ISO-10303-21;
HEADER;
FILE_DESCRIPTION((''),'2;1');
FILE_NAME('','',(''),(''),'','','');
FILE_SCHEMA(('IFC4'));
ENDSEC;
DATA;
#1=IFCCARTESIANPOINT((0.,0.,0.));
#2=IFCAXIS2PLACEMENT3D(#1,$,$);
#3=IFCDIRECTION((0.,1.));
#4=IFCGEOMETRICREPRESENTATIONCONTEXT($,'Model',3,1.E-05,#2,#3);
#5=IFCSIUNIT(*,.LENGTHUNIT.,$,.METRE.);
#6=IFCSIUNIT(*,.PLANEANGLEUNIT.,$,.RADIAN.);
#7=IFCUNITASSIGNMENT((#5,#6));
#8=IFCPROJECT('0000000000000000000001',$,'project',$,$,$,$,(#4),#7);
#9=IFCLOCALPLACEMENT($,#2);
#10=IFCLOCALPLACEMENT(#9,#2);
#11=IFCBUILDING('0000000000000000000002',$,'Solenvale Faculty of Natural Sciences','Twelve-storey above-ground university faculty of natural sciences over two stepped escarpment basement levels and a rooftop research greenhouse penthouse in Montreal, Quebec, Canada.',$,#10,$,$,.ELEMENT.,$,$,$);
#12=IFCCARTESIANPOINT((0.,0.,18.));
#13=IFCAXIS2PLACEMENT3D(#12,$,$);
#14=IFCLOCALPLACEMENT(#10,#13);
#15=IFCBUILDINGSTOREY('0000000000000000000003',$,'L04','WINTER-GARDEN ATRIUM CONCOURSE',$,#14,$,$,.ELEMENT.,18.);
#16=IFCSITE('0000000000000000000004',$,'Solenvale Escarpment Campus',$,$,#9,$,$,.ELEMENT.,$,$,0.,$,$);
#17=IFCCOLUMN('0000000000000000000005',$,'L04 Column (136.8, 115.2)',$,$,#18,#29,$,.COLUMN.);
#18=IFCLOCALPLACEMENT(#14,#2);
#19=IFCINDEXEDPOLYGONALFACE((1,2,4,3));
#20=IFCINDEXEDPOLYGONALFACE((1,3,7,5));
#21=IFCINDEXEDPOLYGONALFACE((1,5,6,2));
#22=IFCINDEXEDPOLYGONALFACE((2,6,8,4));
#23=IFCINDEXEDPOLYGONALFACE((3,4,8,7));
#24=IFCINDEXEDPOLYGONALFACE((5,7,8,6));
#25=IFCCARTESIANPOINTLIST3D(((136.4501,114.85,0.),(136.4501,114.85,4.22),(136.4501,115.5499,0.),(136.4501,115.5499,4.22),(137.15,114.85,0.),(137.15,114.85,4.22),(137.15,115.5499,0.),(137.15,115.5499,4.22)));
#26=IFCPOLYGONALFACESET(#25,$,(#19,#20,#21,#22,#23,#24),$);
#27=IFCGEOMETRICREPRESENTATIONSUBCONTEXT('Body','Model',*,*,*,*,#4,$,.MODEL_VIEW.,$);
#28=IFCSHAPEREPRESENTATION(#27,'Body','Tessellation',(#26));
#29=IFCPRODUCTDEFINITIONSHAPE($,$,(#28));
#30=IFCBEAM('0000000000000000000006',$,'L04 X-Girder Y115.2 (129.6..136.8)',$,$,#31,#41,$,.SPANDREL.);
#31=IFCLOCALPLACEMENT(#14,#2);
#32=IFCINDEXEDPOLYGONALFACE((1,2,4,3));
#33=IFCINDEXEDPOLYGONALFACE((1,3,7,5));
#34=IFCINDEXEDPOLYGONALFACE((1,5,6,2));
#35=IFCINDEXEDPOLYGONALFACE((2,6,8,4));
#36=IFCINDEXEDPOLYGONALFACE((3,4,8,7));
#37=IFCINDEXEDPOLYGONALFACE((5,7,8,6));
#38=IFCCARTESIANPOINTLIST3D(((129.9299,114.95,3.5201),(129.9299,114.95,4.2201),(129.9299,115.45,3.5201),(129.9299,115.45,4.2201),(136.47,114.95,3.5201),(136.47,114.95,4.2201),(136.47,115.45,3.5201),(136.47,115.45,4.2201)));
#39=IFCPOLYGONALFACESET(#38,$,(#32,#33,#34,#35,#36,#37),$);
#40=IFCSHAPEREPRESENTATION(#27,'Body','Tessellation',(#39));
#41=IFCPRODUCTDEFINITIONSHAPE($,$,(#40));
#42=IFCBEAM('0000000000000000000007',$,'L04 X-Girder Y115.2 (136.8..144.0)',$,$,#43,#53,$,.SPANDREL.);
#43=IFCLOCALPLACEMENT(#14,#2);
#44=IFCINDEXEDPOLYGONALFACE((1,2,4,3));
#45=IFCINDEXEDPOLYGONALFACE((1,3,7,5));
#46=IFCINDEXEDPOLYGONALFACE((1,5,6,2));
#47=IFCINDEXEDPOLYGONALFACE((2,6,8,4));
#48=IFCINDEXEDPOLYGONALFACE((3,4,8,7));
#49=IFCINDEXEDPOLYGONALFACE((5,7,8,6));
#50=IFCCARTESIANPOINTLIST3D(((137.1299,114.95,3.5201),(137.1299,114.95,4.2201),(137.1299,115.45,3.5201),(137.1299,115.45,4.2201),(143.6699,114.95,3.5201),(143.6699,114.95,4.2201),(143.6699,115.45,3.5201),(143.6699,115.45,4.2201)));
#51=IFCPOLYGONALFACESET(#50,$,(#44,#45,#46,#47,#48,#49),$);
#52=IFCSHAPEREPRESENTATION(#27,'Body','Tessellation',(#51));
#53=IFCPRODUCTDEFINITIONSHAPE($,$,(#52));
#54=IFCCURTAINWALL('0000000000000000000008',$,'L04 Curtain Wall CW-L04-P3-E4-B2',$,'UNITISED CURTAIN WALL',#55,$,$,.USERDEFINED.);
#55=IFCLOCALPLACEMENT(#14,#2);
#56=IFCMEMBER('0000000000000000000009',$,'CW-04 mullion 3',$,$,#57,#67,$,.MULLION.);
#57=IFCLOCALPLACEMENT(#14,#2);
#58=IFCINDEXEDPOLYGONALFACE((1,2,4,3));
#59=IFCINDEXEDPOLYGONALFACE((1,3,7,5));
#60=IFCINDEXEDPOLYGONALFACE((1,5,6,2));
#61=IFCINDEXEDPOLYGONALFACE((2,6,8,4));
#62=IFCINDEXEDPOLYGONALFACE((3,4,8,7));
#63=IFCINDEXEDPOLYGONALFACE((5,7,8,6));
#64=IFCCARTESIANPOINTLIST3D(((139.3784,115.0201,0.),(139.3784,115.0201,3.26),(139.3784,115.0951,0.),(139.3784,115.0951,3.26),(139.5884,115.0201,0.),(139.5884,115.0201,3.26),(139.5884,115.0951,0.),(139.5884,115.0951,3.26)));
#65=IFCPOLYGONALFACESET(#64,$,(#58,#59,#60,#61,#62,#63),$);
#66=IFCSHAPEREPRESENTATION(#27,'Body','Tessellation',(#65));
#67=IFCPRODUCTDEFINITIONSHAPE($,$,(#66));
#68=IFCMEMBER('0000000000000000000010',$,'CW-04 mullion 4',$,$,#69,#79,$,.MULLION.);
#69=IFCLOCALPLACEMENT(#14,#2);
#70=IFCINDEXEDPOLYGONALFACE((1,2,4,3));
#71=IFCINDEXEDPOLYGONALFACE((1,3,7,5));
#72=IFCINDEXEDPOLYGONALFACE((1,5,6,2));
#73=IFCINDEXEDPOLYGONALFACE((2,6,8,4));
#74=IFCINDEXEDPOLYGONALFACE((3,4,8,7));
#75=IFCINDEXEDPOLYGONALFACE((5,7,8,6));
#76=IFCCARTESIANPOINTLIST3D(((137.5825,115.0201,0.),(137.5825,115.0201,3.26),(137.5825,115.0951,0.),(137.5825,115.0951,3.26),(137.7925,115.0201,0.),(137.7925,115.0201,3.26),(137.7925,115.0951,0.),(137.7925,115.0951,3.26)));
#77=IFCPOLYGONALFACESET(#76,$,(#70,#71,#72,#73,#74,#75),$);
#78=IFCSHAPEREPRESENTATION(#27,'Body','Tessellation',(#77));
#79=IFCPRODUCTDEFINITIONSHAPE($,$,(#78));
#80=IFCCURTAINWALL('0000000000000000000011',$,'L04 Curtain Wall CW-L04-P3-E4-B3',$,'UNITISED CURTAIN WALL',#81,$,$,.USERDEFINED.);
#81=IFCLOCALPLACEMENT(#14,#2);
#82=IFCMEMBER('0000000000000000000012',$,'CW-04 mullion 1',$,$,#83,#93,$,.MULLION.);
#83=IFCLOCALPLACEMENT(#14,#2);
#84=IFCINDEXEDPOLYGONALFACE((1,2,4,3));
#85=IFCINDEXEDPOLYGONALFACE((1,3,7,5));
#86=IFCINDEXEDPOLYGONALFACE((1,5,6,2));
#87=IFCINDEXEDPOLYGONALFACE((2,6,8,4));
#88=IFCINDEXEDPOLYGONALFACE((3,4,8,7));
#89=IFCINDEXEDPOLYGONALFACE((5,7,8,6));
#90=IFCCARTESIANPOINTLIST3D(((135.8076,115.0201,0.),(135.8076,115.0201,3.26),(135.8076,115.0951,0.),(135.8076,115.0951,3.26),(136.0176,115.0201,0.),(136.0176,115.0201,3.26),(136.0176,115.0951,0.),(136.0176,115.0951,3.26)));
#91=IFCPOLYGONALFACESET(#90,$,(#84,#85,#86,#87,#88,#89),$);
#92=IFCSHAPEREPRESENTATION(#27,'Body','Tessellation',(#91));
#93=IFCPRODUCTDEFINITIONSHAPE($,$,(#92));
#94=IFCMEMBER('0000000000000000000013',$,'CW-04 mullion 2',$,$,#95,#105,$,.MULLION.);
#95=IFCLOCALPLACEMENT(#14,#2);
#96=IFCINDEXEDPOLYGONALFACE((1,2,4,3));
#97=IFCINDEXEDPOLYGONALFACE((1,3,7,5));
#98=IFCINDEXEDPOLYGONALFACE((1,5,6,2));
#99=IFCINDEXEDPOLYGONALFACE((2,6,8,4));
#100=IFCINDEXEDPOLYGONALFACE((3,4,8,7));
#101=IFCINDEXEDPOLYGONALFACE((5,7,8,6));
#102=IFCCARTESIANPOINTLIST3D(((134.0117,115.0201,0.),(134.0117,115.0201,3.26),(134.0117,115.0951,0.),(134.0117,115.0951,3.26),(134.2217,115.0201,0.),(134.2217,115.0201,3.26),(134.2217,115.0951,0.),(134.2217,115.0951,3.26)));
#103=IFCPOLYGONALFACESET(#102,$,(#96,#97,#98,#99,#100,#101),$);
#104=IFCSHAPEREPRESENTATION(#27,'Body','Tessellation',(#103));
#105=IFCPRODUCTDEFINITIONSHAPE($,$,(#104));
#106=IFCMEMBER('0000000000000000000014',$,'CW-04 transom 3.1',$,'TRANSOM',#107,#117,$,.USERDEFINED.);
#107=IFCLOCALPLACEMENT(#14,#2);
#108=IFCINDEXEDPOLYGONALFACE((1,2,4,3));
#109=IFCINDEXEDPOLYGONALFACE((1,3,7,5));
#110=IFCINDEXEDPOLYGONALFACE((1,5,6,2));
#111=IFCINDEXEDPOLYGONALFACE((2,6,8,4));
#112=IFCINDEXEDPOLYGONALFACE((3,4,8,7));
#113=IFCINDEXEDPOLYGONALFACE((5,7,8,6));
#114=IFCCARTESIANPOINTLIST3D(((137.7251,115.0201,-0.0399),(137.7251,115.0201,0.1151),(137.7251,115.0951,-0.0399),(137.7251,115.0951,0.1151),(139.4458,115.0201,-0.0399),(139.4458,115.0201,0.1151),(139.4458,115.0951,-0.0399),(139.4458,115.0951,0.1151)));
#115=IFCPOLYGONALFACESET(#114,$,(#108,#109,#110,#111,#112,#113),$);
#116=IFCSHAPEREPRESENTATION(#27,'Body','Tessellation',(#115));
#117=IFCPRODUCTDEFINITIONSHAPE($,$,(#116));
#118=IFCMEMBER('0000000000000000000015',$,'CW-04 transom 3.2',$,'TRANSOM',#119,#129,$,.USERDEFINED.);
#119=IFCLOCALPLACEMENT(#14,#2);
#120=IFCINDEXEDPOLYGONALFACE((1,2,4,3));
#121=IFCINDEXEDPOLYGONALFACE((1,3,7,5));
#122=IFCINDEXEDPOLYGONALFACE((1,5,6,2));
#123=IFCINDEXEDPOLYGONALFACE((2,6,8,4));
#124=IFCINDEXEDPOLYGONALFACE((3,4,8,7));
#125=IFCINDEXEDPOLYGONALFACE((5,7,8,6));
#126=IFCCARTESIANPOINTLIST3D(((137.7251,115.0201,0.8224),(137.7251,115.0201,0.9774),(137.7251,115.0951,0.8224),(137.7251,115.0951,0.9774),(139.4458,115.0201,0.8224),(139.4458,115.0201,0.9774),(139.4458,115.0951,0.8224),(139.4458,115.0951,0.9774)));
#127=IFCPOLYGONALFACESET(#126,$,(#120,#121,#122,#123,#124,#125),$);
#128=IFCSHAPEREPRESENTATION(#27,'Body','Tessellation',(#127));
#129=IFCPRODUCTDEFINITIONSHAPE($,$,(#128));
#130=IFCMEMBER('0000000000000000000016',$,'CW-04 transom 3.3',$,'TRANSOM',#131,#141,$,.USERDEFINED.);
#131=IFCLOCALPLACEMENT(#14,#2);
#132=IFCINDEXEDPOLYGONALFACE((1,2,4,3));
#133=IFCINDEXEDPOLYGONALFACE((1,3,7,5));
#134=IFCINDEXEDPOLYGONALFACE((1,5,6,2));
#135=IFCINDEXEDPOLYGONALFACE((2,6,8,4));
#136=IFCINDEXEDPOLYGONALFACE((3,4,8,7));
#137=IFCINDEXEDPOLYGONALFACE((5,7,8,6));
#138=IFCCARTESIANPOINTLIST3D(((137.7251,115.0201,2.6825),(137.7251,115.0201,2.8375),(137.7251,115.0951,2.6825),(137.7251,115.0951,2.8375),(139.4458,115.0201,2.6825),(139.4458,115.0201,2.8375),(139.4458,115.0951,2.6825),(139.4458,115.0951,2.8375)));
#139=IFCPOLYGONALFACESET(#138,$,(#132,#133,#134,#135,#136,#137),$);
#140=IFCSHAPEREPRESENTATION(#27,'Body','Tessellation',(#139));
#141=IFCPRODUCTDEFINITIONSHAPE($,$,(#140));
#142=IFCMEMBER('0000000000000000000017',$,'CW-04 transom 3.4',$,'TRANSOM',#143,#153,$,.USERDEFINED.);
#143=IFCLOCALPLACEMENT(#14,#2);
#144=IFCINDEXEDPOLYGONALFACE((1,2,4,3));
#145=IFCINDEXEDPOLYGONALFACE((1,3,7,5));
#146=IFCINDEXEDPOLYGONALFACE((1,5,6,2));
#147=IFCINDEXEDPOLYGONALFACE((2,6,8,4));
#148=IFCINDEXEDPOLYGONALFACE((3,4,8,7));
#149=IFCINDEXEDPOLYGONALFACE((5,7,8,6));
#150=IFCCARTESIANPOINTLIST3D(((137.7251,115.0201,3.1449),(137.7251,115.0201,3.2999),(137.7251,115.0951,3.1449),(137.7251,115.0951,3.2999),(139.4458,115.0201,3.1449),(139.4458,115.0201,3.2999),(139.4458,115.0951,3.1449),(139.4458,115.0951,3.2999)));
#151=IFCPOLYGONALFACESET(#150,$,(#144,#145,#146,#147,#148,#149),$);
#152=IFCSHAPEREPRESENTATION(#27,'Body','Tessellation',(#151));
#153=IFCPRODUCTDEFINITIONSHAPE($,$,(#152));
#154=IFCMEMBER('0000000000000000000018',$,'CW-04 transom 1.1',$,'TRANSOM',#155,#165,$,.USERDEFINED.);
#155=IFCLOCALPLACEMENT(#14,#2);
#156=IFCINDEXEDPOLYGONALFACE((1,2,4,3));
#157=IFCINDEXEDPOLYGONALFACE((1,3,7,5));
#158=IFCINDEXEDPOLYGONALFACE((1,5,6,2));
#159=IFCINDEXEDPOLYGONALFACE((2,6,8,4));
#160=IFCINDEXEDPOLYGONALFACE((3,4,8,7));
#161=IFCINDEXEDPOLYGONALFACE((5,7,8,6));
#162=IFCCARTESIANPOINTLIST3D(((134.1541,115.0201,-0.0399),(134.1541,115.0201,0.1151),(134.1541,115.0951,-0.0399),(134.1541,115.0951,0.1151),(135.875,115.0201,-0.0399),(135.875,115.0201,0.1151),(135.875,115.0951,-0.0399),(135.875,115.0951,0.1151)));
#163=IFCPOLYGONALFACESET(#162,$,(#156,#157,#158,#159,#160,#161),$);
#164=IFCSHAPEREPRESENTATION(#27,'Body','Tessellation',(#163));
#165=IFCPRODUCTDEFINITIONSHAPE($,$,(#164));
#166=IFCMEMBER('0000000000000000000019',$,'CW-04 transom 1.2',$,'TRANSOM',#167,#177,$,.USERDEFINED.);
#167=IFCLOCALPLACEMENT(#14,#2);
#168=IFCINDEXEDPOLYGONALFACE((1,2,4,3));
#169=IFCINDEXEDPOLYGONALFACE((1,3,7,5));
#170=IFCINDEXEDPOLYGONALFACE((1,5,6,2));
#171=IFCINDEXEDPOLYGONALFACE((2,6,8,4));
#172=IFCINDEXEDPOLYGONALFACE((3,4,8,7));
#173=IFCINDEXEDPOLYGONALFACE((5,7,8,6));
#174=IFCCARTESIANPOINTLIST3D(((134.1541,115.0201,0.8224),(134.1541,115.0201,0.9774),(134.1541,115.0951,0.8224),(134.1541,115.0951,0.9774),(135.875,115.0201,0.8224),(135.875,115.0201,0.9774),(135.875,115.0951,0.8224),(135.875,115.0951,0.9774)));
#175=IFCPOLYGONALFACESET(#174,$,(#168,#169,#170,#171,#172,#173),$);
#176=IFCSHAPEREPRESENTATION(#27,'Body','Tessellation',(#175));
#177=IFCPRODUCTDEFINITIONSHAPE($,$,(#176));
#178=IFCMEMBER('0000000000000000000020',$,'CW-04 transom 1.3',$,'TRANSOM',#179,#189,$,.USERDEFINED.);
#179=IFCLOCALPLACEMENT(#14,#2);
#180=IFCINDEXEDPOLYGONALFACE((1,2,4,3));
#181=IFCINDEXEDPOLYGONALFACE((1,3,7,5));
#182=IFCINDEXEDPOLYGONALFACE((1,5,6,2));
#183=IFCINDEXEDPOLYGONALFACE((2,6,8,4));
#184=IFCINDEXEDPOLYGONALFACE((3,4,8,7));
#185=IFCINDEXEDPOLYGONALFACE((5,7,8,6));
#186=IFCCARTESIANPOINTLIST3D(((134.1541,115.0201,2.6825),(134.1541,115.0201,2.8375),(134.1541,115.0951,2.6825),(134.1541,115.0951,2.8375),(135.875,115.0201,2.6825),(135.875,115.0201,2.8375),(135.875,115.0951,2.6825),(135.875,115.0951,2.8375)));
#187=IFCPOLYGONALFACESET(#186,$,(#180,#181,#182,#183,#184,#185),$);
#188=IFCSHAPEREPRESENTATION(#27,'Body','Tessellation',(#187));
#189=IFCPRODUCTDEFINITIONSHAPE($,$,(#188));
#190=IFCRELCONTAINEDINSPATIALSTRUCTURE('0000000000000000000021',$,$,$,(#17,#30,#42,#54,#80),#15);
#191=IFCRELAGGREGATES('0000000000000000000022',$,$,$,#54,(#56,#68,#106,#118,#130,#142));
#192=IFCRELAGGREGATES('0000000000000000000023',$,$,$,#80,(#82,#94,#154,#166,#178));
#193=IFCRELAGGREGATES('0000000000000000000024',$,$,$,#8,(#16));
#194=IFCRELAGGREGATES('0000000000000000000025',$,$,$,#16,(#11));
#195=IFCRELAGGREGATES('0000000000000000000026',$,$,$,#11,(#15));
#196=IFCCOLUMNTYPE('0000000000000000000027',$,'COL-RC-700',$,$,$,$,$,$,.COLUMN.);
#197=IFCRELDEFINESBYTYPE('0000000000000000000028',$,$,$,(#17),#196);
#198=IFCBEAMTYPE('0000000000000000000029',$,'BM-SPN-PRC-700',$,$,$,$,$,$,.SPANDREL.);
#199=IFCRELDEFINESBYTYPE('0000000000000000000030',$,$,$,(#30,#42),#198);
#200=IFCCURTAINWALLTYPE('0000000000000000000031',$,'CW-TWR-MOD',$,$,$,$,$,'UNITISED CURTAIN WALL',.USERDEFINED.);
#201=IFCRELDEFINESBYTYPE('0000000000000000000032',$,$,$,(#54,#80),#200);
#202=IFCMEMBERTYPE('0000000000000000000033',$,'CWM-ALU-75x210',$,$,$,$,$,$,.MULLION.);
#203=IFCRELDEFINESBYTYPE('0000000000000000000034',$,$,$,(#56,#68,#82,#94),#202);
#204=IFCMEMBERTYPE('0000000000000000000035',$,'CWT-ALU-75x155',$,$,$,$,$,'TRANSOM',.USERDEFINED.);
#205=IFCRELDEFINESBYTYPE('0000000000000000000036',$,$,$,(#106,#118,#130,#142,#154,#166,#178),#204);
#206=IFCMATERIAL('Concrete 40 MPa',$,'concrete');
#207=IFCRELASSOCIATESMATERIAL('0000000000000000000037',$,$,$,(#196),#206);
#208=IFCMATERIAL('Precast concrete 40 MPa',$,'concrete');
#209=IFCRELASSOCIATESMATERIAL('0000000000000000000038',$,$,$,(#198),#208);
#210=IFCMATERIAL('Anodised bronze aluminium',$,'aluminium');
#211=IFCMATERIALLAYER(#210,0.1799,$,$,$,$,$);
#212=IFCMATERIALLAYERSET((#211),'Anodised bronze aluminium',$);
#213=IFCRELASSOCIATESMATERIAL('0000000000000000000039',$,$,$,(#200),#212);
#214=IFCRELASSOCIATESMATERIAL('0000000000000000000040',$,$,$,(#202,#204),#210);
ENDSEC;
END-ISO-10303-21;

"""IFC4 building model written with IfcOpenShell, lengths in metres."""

from ifc_helpers import new_model, si_unit, direction, frame, origin, origin_2d, place, context, subcontext, project, spatial, rectangle, extrude, material, layer, layer_set, material_profile, profile_set, type_object, element, aggregate, save


model = new_model("IFC4")

# Units and contexts
model_context = context("Model", 3, precision=1e-05, world=origin(), true_north=direction((0.0, 1.0)))
body_context = subcontext(model_context, "Body", "Model", "MODEL_VIEW")
ifc_project = project(units=[si_unit("LENGTHUNIT", "METRE"), si_unit("PLANEANGLEUNIT", "RADIAN")], contexts=[model_context])

# Site, building, storey
site_placement = place(None, origin())
site = spatial("IfcSite", under=ifc_project, at=site_placement, Name="Solenvale Escarpment Campus", CompositionType="ELEMENT", RefElevation=0.0)
building_placement = place(site_placement, origin())
building = spatial("IfcBuilding", under=site, at=building_placement, Name="Solenvale Faculty of Natural Sciences", Description="Twelve-storey above-ground university faculty of natural sciences over two stepped escarpment basement levels and a rooftop research greenhouse penthouse in Montreal, Quebec, Canada.", CompositionType="ELEMENT")
storey_placement = place(building_placement, frame((0.0, 0.0, 18.0)))
storey = spatial("IfcBuildingStorey", under=building, at=storey_placement, Name="L04", Description="WINTER-GARDEN ATRIUM CONCOURSE", CompositionType="ELEMENT", Elevation=18.0)

# Column
ifc_material_1 = material(Name="Concrete 40 MPa", Category="concrete")
ifc_material_profile_1 = material_profile(ifc_material_1, rectangle(XDim=0.7, YDim=0.7, at=origin_2d()), Name="RC-COL-700x700")
ifc_profile_set_1 = profile_set([ifc_material_profile_1], Name="Concrete 40 MPa")
column_type = type_object("IfcColumnType", Name="COL-RC-700", PredefinedType="COLUMN", material=ifc_profile_set_1)
column_placement = place(storey_placement, frame((136.8, 115.2, 0.0), z_axis=(0.0, 0.0, 1.0), x_axis=(1.0, 0.0, 0.0)))
element("IfcColumn", 1, at=column_placement, inside=storey, type_object=column_type, Name="L04 Column (136.8, 115.2)", PredefinedType="COLUMN", context=body_context, shape_type="SweptSolid", body=[
    extrude(rectangle(XDim=0.7, YDim=0.7, at=origin_2d()), origin(), (0.0, 0.0, 1.0), 4.22),
])

# Beams
ifc_material_2 = material(Name="Precast concrete 40 MPa", Category="concrete")
ifc_material_profile_2 = material_profile(ifc_material_2, rectangle(XDim=0.5, YDim=0.7, at=origin_2d()), Name="RC-BM-500x700")
ifc_profile_set_2 = profile_set([ifc_material_profile_2], Name="Precast concrete 40 MPa")
beam_type = type_object("IfcBeamType", Name="BM-SPN-PRC-700", PredefinedType="SPANDREL", material=ifc_profile_set_2)
for number, where, z_axis, x_axis, name in (
    (2, (129.9299, 115.2, 3.8701), (1.0, 0.0, 0.0), (0.0, 1.0, 0.0), "L04 X-Girder Y115.2 (129.6..136.8)"),
    (3, (137.1299, 115.2, 3.8701), (1.0, 0.0, 0.0), (0.0, 1.0, 0.0), "L04 X-Girder Y115.2 (136.8..144.0)"),
):
    element("IfcBeam", number, at=place(storey_placement, frame(where, z_axis=z_axis, x_axis=x_axis)), inside=storey, type_object=beam_type, Name=name, PredefinedType="SPANDREL", context=body_context, shape_type="SweptSolid", body=[
        extrude(rectangle(XDim=0.5, YDim=0.7, at=origin_2d()), origin(), (0.0, 0.0, 1.0), 6.54),
    ])

# Curtain walls, members
ifc_material_3 = material(Name="Anodised bronze aluminium", Category="aluminium")
ifc_layer_1 = layer(ifc_material_3, 0.1799)
ifc_layer_set_1 = layer_set([ifc_layer_1], Name="Anodised bronze aluminium")
curtain_wall_type = type_object("IfcCurtainWallType", Name="CW-TWR-MOD", ElementType="UNITISED CURTAIN WALL", PredefinedType="USERDEFINED", material=ifc_layer_set_1)
curtain_wall_1_placement = place(storey_placement, origin())
curtain_wall_1 = element("IfcCurtainWall", 4, at=curtain_wall_1_placement, inside=storey, type_object=curtain_wall_type, Name="L04 Curtain Wall CW-L04-P3-E4-B2", ObjectType="UNITISED CURTAIN WALL", PredefinedType="USERDEFINED")
ifc_material_profile_3 = material_profile(ifc_material_3, rectangle(XDim=0.075, YDim=0.21, at=origin_2d()), Name="ALU-MUL-75x210")
ifc_profile_set_3 = profile_set([ifc_material_profile_3], Name="Anodised bronze aluminium")
member_type_1 = type_object("IfcMemberType", Name="CWM-ALU-75x210", PredefinedType="MULLION", material=ifc_profile_set_3)
member_1_placement = place(storey_placement, frame((139.4834, 115.0576, 0.0), z_axis=(0.0, 0.0, 1.0), x_axis=(0.0, -1.0, 0.0)))
member_1 = element("IfcMember", 5, at=member_1_placement, type_object=member_type_1, Name="CW-04 mullion 3", PredefinedType="MULLION", context=body_context, shape_type="SweptSolid", body=[
    extrude(rectangle(XDim=0.075, YDim=0.21, at=origin_2d()), origin(), (0.0, 0.0, 1.0), 3.26),
])
member_2_placement = place(storey_placement, frame((137.6875, 115.0576, 0.0), z_axis=(0.0, 0.0, 1.0), x_axis=(0.0, -1.0, 0.0)))
member_2 = element("IfcMember", 6, at=member_2_placement, type_object=member_type_1, Name="CW-04 mullion 4", PredefinedType="MULLION", context=body_context, shape_type="SweptSolid", body=[
    extrude(rectangle(XDim=0.075, YDim=0.21, at=origin_2d()), origin(), (0.0, 0.0, 1.0), 3.26),
])
curtain_wall_2_placement = place(storey_placement, origin())
curtain_wall_2 = element("IfcCurtainWall", 7, at=curtain_wall_2_placement, inside=storey, type_object=curtain_wall_type, Name="L04 Curtain Wall CW-L04-P3-E4-B3", ObjectType="UNITISED CURTAIN WALL", PredefinedType="USERDEFINED")
member_3_placement = place(storey_placement, frame((135.9126, 115.0576, 0.0), z_axis=(0.0, 0.0, 1.0), x_axis=(0.0, -1.0, 0.0)))
member_3 = element("IfcMember", 8, at=member_3_placement, type_object=member_type_1, Name="CW-04 mullion 1", PredefinedType="MULLION", context=body_context, shape_type="SweptSolid", body=[
    extrude(rectangle(XDim=0.075, YDim=0.21, at=origin_2d()), origin(), (0.0, 0.0, 1.0), 3.26),
])
member_4_placement = place(storey_placement, frame((134.1167, 115.0576, 0.0), z_axis=(0.0, 0.0, 1.0), x_axis=(0.0, -1.0, 0.0)))
member_4 = element("IfcMember", 9, at=member_4_placement, type_object=member_type_1, Name="CW-04 mullion 2", PredefinedType="MULLION", context=body_context, shape_type="SweptSolid", body=[
    extrude(rectangle(XDim=0.075, YDim=0.21, at=origin_2d()), origin(), (0.0, 0.0, 1.0), 3.26),
])

# Members
ifc_material_profile_4 = material_profile(ifc_material_3, rectangle(XDim=0.075, YDim=0.155, at=origin_2d()), Name="ALU-TRN-75x155")
ifc_profile_set_4 = profile_set([ifc_material_profile_4], Name="Anodised bronze aluminium")
member_type_2 = type_object("IfcMemberType", Name="CWT-ALU-75x155", ElementType="TRANSOM", PredefinedType="USERDEFINED", material=ifc_profile_set_4)
member_5_placement = place(storey_placement, frame((139.4458, 115.0576, 0.0376), z_axis=(-1.0, 0.0, 0.0), x_axis=(0.0, -1.0, 0.0)))
member_5 = element("IfcMember", 10, at=member_5_placement, type_object=member_type_2, Name="CW-04 transom 3.1", ObjectType="TRANSOM", PredefinedType="USERDEFINED", context=body_context, shape_type="SweptSolid", body=[
    extrude(rectangle(XDim=0.075, YDim=0.155, at=origin_2d()), origin(), (0.0, 0.0, 1.0), 1.7207),
])
member_6_placement = place(storey_placement, frame((139.4458, 115.0576, 0.8999), z_axis=(-1.0, 0.0, 0.0), x_axis=(0.0, -1.0, 0.0)))
member_6 = element("IfcMember", 11, at=member_6_placement, type_object=member_type_2, Name="CW-04 transom 3.2", ObjectType="TRANSOM", PredefinedType="USERDEFINED", context=body_context, shape_type="SweptSolid", body=[
    extrude(rectangle(XDim=0.075, YDim=0.155, at=origin_2d()), origin(), (0.0, 0.0, 1.0), 1.7207),
])
member_7_placement = place(storey_placement, frame((139.4458, 115.0576, 2.76), z_axis=(-1.0, 0.0, 0.0), x_axis=(0.0, -1.0, 0.0)))
member_7 = element("IfcMember", 12, at=member_7_placement, type_object=member_type_2, Name="CW-04 transom 3.3", ObjectType="TRANSOM", PredefinedType="USERDEFINED", context=body_context, shape_type="SweptSolid", body=[
    extrude(rectangle(XDim=0.075, YDim=0.155, at=origin_2d()), origin(), (0.0, 0.0, 1.0), 1.7207),
])
member_8_placement = place(storey_placement, frame((139.4458, 115.0576, 3.2224), z_axis=(-1.0, 0.0, 0.0), x_axis=(0.0, -1.0, 0.0)))
member_8 = element("IfcMember", 13, at=member_8_placement, type_object=member_type_2, Name="CW-04 transom 3.4", ObjectType="TRANSOM", PredefinedType="USERDEFINED", context=body_context, shape_type="SweptSolid", body=[
    extrude(rectangle(XDim=0.075, YDim=0.155, at=origin_2d()), origin(), (0.0, 0.0, 1.0), 1.7207),
])
member_9_placement = place(storey_placement, frame((135.875, 115.0576, 0.0376), z_axis=(-1.0, 0.0, 0.0), x_axis=(0.0, -1.0, 0.0)))
member_9 = element("IfcMember", 14, at=member_9_placement, type_object=member_type_2, Name="CW-04 transom 1.1", ObjectType="TRANSOM", PredefinedType="USERDEFINED", context=body_context, shape_type="SweptSolid", body=[
    extrude(rectangle(XDim=0.075, YDim=0.155, at=origin_2d()), origin(), (0.0, 0.0, 1.0), 1.7209),
])
member_10_placement = place(storey_placement, frame((135.875, 115.0576, 0.8999), z_axis=(-1.0, 0.0, 0.0), x_axis=(0.0, -1.0, 0.0)))
member_10 = element("IfcMember", 15, at=member_10_placement, type_object=member_type_2, Name="CW-04 transom 1.2", ObjectType="TRANSOM", PredefinedType="USERDEFINED", context=body_context, shape_type="SweptSolid", body=[
    extrude(rectangle(XDim=0.075, YDim=0.155, at=origin_2d()), origin(), (0.0, 0.0, 1.0), 1.7209),
])
member_11_placement = place(storey_placement, frame((135.875, 115.0576, 2.76), z_axis=(-1.0, 0.0, 0.0), x_axis=(0.0, -1.0, 0.0)))
member_11 = element("IfcMember", 16, at=member_11_placement, type_object=member_type_2, Name="CW-04 transom 1.3", ObjectType="TRANSOM", PredefinedType="USERDEFINED", context=body_context, shape_type="SweptSolid", body=[
    extrude(rectangle(XDim=0.075, YDim=0.155, at=origin_2d()), origin(), (0.0, 0.0, 1.0), 1.7209),
])

aggregate(curtain_wall_1, [member_1, member_2, member_5, member_6, member_7, member_8])
aggregate(curtain_wall_2, [member_3, member_4, member_9, member_10, member_11])

save(model, "model.ifc")
